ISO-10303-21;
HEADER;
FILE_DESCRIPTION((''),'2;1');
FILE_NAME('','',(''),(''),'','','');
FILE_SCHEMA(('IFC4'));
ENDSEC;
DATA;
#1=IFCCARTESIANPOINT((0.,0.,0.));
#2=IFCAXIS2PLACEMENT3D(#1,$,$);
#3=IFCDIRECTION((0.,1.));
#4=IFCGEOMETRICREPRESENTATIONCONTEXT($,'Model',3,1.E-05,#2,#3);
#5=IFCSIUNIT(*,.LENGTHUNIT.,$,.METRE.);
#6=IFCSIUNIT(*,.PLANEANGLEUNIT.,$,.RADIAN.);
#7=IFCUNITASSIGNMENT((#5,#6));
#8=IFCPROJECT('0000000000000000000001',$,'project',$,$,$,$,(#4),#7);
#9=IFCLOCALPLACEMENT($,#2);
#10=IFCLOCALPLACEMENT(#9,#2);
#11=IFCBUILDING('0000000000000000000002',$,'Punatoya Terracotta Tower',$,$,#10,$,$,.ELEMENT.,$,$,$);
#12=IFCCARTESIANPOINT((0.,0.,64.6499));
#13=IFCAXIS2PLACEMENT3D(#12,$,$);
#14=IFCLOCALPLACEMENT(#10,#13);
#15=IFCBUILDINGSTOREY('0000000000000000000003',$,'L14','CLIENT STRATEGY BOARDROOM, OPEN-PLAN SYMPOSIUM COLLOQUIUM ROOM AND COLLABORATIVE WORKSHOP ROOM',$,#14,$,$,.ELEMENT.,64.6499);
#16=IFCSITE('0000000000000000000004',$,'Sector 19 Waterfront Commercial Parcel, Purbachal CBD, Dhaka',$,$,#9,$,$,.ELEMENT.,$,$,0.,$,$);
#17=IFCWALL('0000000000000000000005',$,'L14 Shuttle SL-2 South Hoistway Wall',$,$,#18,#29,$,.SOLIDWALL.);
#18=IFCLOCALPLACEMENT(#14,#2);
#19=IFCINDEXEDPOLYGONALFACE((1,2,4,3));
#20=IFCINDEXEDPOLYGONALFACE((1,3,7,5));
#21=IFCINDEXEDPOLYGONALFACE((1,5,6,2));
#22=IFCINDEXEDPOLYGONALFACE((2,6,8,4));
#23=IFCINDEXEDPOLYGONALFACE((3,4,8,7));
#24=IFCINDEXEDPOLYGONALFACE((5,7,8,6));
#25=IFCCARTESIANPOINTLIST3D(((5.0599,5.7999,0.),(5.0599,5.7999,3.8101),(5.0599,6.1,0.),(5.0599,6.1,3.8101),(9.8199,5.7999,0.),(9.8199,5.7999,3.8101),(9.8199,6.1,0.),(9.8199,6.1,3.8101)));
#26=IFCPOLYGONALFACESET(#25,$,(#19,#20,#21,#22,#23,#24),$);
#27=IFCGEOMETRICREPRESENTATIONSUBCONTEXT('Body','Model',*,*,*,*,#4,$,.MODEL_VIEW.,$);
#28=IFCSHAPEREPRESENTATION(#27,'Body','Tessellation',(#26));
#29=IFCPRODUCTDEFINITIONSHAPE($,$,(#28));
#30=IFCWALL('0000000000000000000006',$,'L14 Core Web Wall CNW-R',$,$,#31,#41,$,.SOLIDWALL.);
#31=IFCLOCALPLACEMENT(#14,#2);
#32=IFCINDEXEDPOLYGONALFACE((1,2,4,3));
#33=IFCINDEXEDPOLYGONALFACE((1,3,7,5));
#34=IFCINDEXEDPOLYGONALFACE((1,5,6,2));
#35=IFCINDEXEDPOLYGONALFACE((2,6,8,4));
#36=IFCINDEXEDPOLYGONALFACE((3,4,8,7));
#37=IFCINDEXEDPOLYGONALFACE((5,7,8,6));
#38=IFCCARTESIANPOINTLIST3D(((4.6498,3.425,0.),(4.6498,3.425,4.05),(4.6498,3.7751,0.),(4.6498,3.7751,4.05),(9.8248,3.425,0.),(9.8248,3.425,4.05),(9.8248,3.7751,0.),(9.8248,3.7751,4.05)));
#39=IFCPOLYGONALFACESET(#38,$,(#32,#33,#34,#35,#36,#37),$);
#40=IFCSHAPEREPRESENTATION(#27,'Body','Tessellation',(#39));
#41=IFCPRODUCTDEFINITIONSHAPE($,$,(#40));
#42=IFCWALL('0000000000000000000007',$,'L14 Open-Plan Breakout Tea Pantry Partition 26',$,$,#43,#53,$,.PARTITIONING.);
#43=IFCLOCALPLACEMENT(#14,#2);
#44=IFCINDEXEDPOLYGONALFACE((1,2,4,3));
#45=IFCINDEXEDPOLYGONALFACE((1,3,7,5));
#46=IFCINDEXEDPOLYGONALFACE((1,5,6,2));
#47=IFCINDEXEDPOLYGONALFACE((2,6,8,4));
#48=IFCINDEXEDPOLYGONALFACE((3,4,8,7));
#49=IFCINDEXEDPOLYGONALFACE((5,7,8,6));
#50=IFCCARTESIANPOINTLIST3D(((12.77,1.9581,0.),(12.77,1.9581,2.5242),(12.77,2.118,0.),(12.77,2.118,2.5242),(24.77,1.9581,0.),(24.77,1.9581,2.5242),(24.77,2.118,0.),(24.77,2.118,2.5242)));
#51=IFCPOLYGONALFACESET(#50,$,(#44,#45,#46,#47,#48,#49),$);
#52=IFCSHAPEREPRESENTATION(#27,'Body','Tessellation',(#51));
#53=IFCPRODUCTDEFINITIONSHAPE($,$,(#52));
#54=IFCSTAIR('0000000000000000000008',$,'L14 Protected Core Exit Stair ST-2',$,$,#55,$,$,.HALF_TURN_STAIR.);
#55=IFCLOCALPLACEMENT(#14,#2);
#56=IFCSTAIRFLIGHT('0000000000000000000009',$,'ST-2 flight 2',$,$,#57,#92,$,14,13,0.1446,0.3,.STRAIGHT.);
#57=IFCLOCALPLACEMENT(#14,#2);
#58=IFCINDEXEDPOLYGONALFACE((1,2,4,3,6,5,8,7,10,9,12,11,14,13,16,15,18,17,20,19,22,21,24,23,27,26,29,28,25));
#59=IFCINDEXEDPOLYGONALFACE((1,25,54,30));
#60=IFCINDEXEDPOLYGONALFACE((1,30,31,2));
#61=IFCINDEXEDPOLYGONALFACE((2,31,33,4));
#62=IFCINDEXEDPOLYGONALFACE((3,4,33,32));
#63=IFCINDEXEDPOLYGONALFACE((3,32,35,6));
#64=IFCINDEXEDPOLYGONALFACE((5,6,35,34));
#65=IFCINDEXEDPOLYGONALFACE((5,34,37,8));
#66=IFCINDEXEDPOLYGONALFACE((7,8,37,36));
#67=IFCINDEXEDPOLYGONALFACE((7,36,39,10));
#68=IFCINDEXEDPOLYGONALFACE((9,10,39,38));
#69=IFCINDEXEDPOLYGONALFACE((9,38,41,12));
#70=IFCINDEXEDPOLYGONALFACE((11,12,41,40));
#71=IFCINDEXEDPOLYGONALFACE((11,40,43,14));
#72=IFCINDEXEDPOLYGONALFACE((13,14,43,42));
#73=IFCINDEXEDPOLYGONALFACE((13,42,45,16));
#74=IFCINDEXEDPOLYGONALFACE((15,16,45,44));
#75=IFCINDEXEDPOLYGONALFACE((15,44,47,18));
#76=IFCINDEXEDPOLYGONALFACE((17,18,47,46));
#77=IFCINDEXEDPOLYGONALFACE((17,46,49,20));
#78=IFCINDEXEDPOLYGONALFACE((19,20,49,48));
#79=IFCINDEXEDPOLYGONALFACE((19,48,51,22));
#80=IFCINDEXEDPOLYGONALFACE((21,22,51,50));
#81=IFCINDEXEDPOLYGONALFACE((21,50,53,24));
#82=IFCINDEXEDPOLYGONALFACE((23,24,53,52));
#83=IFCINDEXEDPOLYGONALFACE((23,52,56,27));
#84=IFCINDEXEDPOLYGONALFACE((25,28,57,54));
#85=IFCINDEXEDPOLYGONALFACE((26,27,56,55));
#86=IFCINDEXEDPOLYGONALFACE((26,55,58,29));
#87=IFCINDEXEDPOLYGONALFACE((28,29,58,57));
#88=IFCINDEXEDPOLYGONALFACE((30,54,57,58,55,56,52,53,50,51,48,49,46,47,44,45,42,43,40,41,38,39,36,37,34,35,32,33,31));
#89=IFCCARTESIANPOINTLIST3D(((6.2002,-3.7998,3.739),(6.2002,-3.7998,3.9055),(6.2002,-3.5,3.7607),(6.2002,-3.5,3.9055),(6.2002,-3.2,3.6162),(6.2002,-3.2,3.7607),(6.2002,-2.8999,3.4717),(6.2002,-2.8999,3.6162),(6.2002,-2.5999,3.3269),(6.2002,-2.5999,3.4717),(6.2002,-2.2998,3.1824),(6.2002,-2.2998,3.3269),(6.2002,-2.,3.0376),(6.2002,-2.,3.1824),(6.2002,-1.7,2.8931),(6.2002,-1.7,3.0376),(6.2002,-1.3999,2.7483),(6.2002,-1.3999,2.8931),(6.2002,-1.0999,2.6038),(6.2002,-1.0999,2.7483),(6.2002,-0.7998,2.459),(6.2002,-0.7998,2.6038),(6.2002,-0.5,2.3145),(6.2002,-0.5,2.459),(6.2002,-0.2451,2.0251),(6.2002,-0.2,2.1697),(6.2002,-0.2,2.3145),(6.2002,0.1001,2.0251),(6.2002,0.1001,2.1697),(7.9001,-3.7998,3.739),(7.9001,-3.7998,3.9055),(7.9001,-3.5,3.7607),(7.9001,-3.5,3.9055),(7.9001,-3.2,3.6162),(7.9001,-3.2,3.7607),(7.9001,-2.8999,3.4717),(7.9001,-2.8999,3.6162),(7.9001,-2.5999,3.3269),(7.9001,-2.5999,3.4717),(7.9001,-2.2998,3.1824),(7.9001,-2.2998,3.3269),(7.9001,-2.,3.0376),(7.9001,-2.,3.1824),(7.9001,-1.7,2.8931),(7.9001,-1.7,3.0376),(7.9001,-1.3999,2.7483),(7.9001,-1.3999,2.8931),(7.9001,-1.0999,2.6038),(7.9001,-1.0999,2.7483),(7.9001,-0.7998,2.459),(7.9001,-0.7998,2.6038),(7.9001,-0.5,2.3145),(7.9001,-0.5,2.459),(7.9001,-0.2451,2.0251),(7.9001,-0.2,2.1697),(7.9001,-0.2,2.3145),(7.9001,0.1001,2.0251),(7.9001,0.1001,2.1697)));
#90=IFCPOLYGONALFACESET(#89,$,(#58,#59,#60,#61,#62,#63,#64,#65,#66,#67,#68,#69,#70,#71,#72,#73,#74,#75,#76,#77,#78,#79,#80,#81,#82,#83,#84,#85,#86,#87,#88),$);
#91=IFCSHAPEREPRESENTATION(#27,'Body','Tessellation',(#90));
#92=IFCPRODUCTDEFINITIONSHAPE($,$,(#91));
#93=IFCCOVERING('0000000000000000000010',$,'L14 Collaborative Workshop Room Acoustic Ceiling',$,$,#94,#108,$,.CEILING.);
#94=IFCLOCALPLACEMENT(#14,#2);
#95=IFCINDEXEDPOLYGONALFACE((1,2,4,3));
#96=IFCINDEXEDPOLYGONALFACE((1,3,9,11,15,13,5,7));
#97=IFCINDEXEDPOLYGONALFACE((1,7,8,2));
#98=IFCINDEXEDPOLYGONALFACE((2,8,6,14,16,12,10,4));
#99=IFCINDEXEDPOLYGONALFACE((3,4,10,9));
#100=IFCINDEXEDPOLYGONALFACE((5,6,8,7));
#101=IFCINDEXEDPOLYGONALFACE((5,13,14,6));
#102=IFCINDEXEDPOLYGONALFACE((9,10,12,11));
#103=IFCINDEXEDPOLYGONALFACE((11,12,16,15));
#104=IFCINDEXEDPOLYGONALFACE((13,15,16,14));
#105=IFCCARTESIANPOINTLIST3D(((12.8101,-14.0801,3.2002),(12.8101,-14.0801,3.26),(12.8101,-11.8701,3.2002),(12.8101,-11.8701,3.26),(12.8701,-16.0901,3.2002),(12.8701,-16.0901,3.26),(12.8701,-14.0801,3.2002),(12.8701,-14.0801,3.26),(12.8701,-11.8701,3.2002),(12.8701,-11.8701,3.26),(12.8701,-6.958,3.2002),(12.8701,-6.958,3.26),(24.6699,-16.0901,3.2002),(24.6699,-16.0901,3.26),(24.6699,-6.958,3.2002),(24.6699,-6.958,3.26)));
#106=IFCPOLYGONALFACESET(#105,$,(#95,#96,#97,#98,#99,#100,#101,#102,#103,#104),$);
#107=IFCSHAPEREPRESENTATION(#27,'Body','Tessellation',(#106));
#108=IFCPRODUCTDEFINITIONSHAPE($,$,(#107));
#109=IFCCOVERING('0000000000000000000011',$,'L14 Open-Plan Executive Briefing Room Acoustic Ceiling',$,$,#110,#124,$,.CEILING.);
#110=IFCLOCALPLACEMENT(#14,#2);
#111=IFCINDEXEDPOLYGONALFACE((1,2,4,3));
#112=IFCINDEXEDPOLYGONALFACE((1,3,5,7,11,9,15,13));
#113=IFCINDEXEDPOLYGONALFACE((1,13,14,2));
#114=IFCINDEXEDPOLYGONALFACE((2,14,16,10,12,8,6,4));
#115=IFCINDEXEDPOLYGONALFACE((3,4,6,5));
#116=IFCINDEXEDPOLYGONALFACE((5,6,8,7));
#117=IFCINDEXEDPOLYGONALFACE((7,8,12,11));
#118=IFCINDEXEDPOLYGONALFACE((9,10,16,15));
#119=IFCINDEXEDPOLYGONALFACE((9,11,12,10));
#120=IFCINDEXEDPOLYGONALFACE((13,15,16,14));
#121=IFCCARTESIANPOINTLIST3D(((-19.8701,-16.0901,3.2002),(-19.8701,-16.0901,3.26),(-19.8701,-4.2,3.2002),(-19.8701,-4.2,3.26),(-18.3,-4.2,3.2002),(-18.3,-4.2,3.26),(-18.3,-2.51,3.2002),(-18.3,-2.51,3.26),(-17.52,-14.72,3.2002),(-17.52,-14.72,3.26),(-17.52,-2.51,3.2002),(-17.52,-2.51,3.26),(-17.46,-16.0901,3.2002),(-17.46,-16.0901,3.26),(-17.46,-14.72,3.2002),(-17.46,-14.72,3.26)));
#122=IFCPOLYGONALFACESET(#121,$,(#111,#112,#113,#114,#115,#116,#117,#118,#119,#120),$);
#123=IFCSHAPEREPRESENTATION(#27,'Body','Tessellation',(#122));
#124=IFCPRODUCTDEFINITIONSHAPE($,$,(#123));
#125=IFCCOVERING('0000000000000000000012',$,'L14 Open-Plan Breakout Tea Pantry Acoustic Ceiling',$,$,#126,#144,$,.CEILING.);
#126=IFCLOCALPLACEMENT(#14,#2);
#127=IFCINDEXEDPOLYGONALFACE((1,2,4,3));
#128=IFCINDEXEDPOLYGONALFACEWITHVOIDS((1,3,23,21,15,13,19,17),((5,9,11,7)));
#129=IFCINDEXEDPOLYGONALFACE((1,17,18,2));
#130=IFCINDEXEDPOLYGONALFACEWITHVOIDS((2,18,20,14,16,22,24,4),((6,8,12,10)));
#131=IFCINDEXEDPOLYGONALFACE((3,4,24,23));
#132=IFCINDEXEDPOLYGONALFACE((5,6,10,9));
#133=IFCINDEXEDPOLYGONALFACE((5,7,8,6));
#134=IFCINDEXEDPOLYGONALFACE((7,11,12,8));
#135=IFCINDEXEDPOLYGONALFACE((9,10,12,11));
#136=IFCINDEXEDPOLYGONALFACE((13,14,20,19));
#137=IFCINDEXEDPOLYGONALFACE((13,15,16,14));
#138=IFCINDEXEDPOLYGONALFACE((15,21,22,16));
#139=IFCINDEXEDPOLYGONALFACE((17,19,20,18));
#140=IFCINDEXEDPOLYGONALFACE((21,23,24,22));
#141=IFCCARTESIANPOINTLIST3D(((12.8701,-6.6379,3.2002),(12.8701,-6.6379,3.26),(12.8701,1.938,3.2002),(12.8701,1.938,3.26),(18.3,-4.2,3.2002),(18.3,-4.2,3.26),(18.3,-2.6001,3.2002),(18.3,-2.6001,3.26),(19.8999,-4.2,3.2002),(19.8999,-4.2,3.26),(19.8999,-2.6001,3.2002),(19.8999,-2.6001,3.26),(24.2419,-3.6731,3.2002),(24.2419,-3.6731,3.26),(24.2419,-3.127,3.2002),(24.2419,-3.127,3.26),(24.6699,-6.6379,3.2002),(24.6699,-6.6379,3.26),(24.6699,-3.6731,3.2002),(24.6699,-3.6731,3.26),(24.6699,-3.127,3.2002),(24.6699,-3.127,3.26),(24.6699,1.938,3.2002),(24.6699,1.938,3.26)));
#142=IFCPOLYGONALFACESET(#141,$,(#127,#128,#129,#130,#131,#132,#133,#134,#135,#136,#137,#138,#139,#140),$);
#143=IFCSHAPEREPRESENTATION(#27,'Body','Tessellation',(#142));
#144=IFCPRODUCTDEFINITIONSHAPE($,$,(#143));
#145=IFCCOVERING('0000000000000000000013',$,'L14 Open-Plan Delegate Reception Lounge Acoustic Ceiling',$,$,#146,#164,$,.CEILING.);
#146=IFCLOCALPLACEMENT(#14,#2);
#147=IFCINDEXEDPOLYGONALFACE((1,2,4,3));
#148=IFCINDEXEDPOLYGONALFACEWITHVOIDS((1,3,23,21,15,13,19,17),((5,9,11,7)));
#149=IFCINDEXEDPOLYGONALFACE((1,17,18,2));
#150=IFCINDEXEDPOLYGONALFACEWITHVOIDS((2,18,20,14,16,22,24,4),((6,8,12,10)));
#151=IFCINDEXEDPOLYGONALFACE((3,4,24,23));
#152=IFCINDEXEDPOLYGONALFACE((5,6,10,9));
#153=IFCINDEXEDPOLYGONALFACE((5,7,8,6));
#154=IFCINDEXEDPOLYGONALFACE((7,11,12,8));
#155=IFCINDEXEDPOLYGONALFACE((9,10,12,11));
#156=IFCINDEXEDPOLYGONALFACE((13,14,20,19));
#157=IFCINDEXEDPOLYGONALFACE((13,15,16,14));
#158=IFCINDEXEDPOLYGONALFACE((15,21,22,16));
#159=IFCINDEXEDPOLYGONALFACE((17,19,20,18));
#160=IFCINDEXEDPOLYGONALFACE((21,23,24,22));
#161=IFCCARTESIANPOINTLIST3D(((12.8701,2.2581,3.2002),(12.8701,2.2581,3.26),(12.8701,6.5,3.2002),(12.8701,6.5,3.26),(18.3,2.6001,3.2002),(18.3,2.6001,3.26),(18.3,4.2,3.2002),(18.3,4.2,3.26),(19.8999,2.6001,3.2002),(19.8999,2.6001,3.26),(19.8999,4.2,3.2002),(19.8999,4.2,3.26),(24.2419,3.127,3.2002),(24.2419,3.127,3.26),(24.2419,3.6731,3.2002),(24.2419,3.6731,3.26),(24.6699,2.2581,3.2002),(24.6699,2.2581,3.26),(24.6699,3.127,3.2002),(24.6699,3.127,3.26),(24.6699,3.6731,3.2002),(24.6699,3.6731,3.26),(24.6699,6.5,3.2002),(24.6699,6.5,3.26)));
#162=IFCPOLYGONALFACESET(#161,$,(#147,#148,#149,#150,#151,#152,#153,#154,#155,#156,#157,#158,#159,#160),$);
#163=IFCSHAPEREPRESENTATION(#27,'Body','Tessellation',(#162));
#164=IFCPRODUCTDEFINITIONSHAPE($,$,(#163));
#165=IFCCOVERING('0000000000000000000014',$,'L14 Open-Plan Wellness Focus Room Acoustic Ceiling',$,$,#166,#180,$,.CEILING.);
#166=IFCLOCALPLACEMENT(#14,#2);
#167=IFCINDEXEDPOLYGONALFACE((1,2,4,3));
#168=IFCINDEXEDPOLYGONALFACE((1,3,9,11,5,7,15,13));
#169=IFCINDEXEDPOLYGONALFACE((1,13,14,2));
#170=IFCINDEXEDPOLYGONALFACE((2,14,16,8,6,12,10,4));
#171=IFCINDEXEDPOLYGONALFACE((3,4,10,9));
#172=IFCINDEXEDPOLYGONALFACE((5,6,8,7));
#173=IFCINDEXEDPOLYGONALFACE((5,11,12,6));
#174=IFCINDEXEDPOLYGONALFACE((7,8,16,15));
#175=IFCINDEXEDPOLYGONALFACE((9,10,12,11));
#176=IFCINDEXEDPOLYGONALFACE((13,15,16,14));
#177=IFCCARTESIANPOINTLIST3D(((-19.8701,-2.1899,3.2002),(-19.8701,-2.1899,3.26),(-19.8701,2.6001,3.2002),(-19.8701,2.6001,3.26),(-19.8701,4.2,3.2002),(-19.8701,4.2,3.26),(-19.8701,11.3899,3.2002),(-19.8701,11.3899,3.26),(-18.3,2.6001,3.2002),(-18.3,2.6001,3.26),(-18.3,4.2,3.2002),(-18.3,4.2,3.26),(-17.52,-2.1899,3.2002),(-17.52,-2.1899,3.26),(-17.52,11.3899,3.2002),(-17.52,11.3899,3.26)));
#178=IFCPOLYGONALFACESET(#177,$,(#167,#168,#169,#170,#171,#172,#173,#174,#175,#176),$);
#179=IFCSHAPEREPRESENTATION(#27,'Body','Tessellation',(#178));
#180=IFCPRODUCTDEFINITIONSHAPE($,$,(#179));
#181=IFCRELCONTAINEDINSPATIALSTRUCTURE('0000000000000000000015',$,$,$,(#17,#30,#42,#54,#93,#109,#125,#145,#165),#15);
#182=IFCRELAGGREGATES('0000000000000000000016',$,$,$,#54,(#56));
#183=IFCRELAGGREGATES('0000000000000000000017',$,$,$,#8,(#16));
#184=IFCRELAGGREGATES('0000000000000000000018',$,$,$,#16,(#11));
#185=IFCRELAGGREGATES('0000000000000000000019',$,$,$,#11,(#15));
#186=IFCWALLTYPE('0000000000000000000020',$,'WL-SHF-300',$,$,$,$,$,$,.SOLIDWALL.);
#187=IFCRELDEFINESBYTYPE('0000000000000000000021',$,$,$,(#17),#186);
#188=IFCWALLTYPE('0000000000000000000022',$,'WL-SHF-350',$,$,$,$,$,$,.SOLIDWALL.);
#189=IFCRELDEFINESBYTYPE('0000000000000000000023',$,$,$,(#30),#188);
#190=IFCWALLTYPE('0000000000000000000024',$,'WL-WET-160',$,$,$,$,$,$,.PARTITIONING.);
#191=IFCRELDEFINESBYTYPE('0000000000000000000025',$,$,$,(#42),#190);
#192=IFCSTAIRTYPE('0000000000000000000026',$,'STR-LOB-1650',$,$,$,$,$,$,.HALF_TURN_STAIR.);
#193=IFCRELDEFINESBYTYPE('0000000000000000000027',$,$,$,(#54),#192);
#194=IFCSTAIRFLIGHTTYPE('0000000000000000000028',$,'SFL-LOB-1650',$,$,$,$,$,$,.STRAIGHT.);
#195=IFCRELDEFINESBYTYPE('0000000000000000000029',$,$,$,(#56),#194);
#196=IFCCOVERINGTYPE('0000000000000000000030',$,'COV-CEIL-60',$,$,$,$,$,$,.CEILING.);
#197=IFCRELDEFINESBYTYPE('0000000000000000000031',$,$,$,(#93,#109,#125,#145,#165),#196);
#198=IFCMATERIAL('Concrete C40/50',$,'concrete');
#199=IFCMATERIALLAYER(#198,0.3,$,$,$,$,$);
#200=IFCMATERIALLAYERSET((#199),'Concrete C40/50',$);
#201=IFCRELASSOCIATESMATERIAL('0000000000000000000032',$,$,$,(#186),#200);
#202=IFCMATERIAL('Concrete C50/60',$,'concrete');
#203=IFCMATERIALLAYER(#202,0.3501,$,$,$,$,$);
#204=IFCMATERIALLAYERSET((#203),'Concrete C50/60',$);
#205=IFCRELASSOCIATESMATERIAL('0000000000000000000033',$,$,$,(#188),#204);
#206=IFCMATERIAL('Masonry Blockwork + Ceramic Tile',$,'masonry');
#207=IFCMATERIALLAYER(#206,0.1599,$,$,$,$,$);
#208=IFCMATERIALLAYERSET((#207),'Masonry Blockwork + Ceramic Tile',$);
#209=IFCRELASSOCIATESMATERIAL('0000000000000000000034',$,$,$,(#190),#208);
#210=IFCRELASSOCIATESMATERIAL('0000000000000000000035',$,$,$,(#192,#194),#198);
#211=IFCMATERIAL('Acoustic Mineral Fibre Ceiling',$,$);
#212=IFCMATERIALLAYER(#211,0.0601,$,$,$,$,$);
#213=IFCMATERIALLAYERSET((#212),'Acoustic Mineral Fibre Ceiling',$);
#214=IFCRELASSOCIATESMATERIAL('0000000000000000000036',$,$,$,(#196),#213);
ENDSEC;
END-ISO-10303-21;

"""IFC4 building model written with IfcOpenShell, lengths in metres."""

from ifc_helpers import new_model, si_unit, direction, frame, frame_2d, origin, place, context, subcontext, project, spatial, polyline, rectangle, outline, extrude, material, layer, layer_set, type_object, element, aggregate, save


model = new_model("IFC4")

# Units and contexts
model_context = context("Model", 3, precision=1e-05, world=origin(), true_north=direction((0.0, 1.0)))
body_context = subcontext(model_context, "Body", "Model", "MODEL_VIEW")
ifc_project = project(units=[si_unit("LENGTHUNIT", "METRE"), si_unit("PLANEANGLEUNIT", "RADIAN")], contexts=[model_context])

# Site, building, storey
site_placement = place(None, origin())
site = spatial("IfcSite", under=ifc_project, at=site_placement, Name="Sector 19 Waterfront Commercial Parcel, Purbachal CBD, Dhaka", CompositionType="ELEMENT", RefElevation=0.0)
building_placement = place(site_placement, origin())
building = spatial("IfcBuilding", under=site, at=building_placement, Name="Punatoya Terracotta Tower", CompositionType="ELEMENT")
storey_placement = place(building_placement, frame((0.0, 0.0, 64.6499)))
storey = spatial("IfcBuildingStorey", under=building, at=storey_placement, Name="L14", Description="CLIENT STRATEGY BOARDROOM, OPEN-PLAN SYMPOSIUM COLLOQUIUM ROOM AND COLLABORATIVE WORKSHOP ROOM", CompositionType="ELEMENT", Elevation=64.6499)

# Shared definitions
ifc_material_1 = material(Name="Concrete C40/50", Category="concrete")

# Walls
ifc_layer_1 = layer(ifc_material_1, 0.3)
ifc_layer_set_1 = layer_set([ifc_layer_1], Name="Concrete C40/50")
wall_type_1 = type_object("IfcWallType", Name="WL-SHF-300", PredefinedType="SOLIDWALL", material=ifc_layer_set_1)
wall_1_placement = place(storey_placement, frame((5.0601, 5.95, 0.0), z_axis=(0.0, 0.0, 1.0), x_axis=(1.0, 0.0, 0.0)))
element("IfcWall", 1, at=wall_1_placement, inside=storey, type_object=wall_type_1, Name="L14 Shuttle SL-2 South Hoistway Wall", PredefinedType="SOLIDWALL", context=body_context, shape_type="SweptSolid", body=[
    extrude(rectangle(XDim=4.76, YDim=0.3, at=frame_2d((2.3799, 0.0))), origin(), (0.0, 0.0, 1.0), 3.8101),
])
ifc_material_2 = material(Name="Concrete C50/60", Category="concrete")
ifc_layer_2 = layer(ifc_material_2, 0.3501)
ifc_layer_set_2 = layer_set([ifc_layer_2], Name="Concrete C50/60")
wall_type_2 = type_object("IfcWallType", Name="WL-SHF-350", PredefinedType="SOLIDWALL", material=ifc_layer_set_2)
wall_2_placement = place(storey_placement, frame((4.6499, 3.6001, 0.0), z_axis=(0.0, 0.0, 1.0), x_axis=(1.0, 0.0, 0.0)))
element("IfcWall", 2, at=wall_2_placement, inside=storey, type_object=wall_type_2, Name="L14 Core Web Wall CNW-R", PredefinedType="SOLIDWALL", context=body_context, shape_type="SweptSolid", body=[
    extrude(rectangle(XDim=5.175, YDim=0.3501, at=frame_2d((2.5874, 0.0))), origin(), (0.0, 0.0, 1.0), 4.05),
])
ifc_material_3 = material(Name="Masonry Blockwork + Ceramic Tile", Category="masonry")
ifc_layer_3 = layer(ifc_material_3, 0.1599)
ifc_layer_set_3 = layer_set([ifc_layer_3], Name="Masonry Blockwork + Ceramic Tile")
wall_type_3 = type_object("IfcWallType", Name="WL-WET-160", PredefinedType="PARTITIONING", material=ifc_layer_set_3)
wall_3_placement = place(storey_placement, frame((12.77, 2.0381, 0.0), z_axis=(0.0, 0.0, 1.0), x_axis=(1.0, 0.0, 0.0)))
element("IfcWall", 3, at=wall_3_placement, inside=storey, type_object=wall_type_3, Name="L14 Open-Plan Breakout Tea Pantry Partition 26", PredefinedType="PARTITIONING", context=body_context, shape_type="SweptSolid", body=[
    extrude(rectangle(XDim=12.0, YDim=0.1599, at=frame_2d((6.0, 0.0))), origin(), (0.0, 0.0, 1.0), 2.5242),
])

# Stair, stair flight
stair_type = type_object("IfcStairType", Name="STR-LOB-1650", PredefinedType="HALF_TURN_STAIR", material=ifc_material_1)
stair_placement = place(storey_placement, origin())
stair = element("IfcStair", 4, at=stair_placement, inside=storey, type_object=stair_type, Name="L14 Protected Core Exit Stair ST-2", PredefinedType="HALF_TURN_STAIR")
stair_flight_type = type_object("IfcStairFlightType", Name="SFL-LOB-1650", PredefinedType="STRAIGHT", material=ifc_material_1)
stair_flight_placement = place(storey_placement, frame((7.05, 0.1001, 2.0251), z_axis=(0.0, 0.0, 1.0), x_axis=(0.0, -1.0, 0.0)))
stair_flight = element("IfcStairFlight", 5, at=stair_flight_placement, type_object=stair_flight_type, Name="ST-2 flight 2", NumberOfRisers=14, NumberOfTreads=13, PredefinedType="STRAIGHT", RiserHeight=0.1446, TreadLength=0.3, context=body_context, shape_type="SweptSolid", body=[
    extrude(outline(polyline([(0.0, 0.0), (0.0, 0.1445), (0.3, 0.1445), (0.3, 0.2893), (0.6001, 0.2893), (0.6001, 0.4338), (0.8999, 0.4338), (0.8999, 0.5786), (1.2, 0.5786), (1.2, 0.7231), (1.5, 0.7231), (1.5, 0.8679), (1.8, 0.8679), (1.8, 1.0125), (2.1001, 1.0125), (2.1001, 1.1572), (2.3999, 1.1572), (2.3999, 1.3018), (2.7, 1.3018), (2.7, 1.4465), (3.0, 1.4465), (3.0, 1.5911), (3.3, 1.5911), (3.3, 1.7356), (3.6001, 1.7356), (3.6001, 1.8804), (3.8999, 1.8804), (3.8999, 2.0249), (3.8999, 1.7139), (0.3452, 0.0), (0.0, 0.0)])), frame((0.0, 0.8501, 0.0), z_axis=(0.0, -1.0, 0.0), x_axis=(1.0, 0.0, 0.0)), (0.0, 0.0, 1.0), 1.7),
])
aggregate(stair, [stair_flight])

# Coverings
ifc_material_4 = material(Name="Acoustic Mineral Fibre Ceiling")
ifc_layer_4 = layer(ifc_material_4, 0.0601)
ifc_layer_set_4 = layer_set([ifc_layer_4], Name="Acoustic Mineral Fibre Ceiling")
covering_type = type_object("IfcCoveringType", Name="COV-CEIL-60", PredefinedType="CEILING", material=ifc_layer_set_4)
covering_1_placement = place(storey_placement, frame((0.0, 0.0, 3.2002)))
element("IfcCovering", 6, at=covering_1_placement, inside=storey, type_object=covering_type, Name="L14 Collaborative Workshop Room Acoustic Ceiling", PredefinedType="CEILING", context=body_context, shape_type="SweptSolid", body=[
    extrude(outline(polyline([(12.8101, -14.0801), (12.8701, -14.0801), (12.8701, -16.0901), (24.6699, -16.0901), (24.6699, -6.958), (12.8701, -6.958), (12.8701, -11.8701), (12.8101, -11.8701), (12.8101, -14.0801)])), origin(), (0.0, 0.0, 1.0), 0.0598),
])
covering_2_placement = place(storey_placement, frame((0.0, 0.0, 3.2002)))
element("IfcCovering", 7, at=covering_2_placement, inside=storey, type_object=covering_type, Name="L14 Open-Plan Executive Briefing Room Acoustic Ceiling", PredefinedType="CEILING", context=body_context, shape_type="SweptSolid", body=[
    extrude(outline(polyline([(-18.3, -2.51), (-18.3, -4.2), (-19.8701, -4.2), (-19.8701, -16.0901), (-17.46, -16.0901), (-17.46, -14.72), (-17.52, -14.72), (-17.52, -2.51), (-18.3, -2.51)])), origin(), (0.0, 0.0, 1.0), 0.0598),
])
covering_3_placement = place(storey_placement, frame((0.0, 0.0, 3.2002)))
element("IfcCovering", 8, at=covering_3_placement, inside=storey, type_object=covering_type, Name="L14 Open-Plan Breakout Tea Pantry Acoustic Ceiling", PredefinedType="CEILING", context=body_context, shape_type="SweptSolid", body=[
    extrude(outline(polyline([(24.2419, -3.6731), (24.2419, -3.127), (24.6699, -3.127), (24.6699, 1.938), (12.8701, 1.938), (12.8701, -6.6379), (24.6699, -6.6379), (24.6699, -3.6731), (24.2419, -3.6731)]), holes=[polyline([(18.3, -4.2), (18.3, -2.6001), (19.8999, -2.6001), (19.8999, -4.2), (18.3, -4.2)])]), origin(), (0.0, 0.0, 1.0), 0.0598),
])
covering_4_placement = place(storey_placement, frame((0.0, 0.0, 3.2002)))
element("IfcCovering", 9, at=covering_4_placement, inside=storey, type_object=covering_type, Name="L14 Open-Plan Delegate Reception Lounge Acoustic Ceiling", PredefinedType="CEILING", context=body_context, shape_type="SweptSolid", body=[
    extrude(outline(polyline([(12.8701, 6.5), (12.8701, 2.2581), (24.6699, 2.2581), (24.6699, 3.127), (24.2419, 3.127), (24.2419, 3.6731), (24.6699, 3.6731), (24.6699, 6.5), (12.8701, 6.5)]), holes=[polyline([(18.3, 4.2), (19.8999, 4.2), (19.8999, 2.6001), (18.3, 2.6001), (18.3, 4.2)])]), origin(), (0.0, 0.0, 1.0), 0.0598),
])
covering_5_placement = place(storey_placement, frame((0.0, 0.0, 3.2002)))
element("IfcCovering", 10, at=covering_5_placement, inside=storey, type_object=covering_type, Name="L14 Open-Plan Wellness Focus Room Acoustic Ceiling", PredefinedType="CEILING", context=body_context, shape_type="SweptSolid", body=[
    extrude(outline(polyline([(-19.8701, 2.6001), (-19.8701, -2.1899), (-17.52, -2.1899), (-17.52, 11.3899), (-19.8701, 11.3899), (-19.8701, 4.2), (-18.3, 4.2), (-18.3, 2.6001), (-19.8701, 2.6001)])), origin(), (0.0, 0.0, 1.0), 0.0598),
])

save(model, "model.ifc")
